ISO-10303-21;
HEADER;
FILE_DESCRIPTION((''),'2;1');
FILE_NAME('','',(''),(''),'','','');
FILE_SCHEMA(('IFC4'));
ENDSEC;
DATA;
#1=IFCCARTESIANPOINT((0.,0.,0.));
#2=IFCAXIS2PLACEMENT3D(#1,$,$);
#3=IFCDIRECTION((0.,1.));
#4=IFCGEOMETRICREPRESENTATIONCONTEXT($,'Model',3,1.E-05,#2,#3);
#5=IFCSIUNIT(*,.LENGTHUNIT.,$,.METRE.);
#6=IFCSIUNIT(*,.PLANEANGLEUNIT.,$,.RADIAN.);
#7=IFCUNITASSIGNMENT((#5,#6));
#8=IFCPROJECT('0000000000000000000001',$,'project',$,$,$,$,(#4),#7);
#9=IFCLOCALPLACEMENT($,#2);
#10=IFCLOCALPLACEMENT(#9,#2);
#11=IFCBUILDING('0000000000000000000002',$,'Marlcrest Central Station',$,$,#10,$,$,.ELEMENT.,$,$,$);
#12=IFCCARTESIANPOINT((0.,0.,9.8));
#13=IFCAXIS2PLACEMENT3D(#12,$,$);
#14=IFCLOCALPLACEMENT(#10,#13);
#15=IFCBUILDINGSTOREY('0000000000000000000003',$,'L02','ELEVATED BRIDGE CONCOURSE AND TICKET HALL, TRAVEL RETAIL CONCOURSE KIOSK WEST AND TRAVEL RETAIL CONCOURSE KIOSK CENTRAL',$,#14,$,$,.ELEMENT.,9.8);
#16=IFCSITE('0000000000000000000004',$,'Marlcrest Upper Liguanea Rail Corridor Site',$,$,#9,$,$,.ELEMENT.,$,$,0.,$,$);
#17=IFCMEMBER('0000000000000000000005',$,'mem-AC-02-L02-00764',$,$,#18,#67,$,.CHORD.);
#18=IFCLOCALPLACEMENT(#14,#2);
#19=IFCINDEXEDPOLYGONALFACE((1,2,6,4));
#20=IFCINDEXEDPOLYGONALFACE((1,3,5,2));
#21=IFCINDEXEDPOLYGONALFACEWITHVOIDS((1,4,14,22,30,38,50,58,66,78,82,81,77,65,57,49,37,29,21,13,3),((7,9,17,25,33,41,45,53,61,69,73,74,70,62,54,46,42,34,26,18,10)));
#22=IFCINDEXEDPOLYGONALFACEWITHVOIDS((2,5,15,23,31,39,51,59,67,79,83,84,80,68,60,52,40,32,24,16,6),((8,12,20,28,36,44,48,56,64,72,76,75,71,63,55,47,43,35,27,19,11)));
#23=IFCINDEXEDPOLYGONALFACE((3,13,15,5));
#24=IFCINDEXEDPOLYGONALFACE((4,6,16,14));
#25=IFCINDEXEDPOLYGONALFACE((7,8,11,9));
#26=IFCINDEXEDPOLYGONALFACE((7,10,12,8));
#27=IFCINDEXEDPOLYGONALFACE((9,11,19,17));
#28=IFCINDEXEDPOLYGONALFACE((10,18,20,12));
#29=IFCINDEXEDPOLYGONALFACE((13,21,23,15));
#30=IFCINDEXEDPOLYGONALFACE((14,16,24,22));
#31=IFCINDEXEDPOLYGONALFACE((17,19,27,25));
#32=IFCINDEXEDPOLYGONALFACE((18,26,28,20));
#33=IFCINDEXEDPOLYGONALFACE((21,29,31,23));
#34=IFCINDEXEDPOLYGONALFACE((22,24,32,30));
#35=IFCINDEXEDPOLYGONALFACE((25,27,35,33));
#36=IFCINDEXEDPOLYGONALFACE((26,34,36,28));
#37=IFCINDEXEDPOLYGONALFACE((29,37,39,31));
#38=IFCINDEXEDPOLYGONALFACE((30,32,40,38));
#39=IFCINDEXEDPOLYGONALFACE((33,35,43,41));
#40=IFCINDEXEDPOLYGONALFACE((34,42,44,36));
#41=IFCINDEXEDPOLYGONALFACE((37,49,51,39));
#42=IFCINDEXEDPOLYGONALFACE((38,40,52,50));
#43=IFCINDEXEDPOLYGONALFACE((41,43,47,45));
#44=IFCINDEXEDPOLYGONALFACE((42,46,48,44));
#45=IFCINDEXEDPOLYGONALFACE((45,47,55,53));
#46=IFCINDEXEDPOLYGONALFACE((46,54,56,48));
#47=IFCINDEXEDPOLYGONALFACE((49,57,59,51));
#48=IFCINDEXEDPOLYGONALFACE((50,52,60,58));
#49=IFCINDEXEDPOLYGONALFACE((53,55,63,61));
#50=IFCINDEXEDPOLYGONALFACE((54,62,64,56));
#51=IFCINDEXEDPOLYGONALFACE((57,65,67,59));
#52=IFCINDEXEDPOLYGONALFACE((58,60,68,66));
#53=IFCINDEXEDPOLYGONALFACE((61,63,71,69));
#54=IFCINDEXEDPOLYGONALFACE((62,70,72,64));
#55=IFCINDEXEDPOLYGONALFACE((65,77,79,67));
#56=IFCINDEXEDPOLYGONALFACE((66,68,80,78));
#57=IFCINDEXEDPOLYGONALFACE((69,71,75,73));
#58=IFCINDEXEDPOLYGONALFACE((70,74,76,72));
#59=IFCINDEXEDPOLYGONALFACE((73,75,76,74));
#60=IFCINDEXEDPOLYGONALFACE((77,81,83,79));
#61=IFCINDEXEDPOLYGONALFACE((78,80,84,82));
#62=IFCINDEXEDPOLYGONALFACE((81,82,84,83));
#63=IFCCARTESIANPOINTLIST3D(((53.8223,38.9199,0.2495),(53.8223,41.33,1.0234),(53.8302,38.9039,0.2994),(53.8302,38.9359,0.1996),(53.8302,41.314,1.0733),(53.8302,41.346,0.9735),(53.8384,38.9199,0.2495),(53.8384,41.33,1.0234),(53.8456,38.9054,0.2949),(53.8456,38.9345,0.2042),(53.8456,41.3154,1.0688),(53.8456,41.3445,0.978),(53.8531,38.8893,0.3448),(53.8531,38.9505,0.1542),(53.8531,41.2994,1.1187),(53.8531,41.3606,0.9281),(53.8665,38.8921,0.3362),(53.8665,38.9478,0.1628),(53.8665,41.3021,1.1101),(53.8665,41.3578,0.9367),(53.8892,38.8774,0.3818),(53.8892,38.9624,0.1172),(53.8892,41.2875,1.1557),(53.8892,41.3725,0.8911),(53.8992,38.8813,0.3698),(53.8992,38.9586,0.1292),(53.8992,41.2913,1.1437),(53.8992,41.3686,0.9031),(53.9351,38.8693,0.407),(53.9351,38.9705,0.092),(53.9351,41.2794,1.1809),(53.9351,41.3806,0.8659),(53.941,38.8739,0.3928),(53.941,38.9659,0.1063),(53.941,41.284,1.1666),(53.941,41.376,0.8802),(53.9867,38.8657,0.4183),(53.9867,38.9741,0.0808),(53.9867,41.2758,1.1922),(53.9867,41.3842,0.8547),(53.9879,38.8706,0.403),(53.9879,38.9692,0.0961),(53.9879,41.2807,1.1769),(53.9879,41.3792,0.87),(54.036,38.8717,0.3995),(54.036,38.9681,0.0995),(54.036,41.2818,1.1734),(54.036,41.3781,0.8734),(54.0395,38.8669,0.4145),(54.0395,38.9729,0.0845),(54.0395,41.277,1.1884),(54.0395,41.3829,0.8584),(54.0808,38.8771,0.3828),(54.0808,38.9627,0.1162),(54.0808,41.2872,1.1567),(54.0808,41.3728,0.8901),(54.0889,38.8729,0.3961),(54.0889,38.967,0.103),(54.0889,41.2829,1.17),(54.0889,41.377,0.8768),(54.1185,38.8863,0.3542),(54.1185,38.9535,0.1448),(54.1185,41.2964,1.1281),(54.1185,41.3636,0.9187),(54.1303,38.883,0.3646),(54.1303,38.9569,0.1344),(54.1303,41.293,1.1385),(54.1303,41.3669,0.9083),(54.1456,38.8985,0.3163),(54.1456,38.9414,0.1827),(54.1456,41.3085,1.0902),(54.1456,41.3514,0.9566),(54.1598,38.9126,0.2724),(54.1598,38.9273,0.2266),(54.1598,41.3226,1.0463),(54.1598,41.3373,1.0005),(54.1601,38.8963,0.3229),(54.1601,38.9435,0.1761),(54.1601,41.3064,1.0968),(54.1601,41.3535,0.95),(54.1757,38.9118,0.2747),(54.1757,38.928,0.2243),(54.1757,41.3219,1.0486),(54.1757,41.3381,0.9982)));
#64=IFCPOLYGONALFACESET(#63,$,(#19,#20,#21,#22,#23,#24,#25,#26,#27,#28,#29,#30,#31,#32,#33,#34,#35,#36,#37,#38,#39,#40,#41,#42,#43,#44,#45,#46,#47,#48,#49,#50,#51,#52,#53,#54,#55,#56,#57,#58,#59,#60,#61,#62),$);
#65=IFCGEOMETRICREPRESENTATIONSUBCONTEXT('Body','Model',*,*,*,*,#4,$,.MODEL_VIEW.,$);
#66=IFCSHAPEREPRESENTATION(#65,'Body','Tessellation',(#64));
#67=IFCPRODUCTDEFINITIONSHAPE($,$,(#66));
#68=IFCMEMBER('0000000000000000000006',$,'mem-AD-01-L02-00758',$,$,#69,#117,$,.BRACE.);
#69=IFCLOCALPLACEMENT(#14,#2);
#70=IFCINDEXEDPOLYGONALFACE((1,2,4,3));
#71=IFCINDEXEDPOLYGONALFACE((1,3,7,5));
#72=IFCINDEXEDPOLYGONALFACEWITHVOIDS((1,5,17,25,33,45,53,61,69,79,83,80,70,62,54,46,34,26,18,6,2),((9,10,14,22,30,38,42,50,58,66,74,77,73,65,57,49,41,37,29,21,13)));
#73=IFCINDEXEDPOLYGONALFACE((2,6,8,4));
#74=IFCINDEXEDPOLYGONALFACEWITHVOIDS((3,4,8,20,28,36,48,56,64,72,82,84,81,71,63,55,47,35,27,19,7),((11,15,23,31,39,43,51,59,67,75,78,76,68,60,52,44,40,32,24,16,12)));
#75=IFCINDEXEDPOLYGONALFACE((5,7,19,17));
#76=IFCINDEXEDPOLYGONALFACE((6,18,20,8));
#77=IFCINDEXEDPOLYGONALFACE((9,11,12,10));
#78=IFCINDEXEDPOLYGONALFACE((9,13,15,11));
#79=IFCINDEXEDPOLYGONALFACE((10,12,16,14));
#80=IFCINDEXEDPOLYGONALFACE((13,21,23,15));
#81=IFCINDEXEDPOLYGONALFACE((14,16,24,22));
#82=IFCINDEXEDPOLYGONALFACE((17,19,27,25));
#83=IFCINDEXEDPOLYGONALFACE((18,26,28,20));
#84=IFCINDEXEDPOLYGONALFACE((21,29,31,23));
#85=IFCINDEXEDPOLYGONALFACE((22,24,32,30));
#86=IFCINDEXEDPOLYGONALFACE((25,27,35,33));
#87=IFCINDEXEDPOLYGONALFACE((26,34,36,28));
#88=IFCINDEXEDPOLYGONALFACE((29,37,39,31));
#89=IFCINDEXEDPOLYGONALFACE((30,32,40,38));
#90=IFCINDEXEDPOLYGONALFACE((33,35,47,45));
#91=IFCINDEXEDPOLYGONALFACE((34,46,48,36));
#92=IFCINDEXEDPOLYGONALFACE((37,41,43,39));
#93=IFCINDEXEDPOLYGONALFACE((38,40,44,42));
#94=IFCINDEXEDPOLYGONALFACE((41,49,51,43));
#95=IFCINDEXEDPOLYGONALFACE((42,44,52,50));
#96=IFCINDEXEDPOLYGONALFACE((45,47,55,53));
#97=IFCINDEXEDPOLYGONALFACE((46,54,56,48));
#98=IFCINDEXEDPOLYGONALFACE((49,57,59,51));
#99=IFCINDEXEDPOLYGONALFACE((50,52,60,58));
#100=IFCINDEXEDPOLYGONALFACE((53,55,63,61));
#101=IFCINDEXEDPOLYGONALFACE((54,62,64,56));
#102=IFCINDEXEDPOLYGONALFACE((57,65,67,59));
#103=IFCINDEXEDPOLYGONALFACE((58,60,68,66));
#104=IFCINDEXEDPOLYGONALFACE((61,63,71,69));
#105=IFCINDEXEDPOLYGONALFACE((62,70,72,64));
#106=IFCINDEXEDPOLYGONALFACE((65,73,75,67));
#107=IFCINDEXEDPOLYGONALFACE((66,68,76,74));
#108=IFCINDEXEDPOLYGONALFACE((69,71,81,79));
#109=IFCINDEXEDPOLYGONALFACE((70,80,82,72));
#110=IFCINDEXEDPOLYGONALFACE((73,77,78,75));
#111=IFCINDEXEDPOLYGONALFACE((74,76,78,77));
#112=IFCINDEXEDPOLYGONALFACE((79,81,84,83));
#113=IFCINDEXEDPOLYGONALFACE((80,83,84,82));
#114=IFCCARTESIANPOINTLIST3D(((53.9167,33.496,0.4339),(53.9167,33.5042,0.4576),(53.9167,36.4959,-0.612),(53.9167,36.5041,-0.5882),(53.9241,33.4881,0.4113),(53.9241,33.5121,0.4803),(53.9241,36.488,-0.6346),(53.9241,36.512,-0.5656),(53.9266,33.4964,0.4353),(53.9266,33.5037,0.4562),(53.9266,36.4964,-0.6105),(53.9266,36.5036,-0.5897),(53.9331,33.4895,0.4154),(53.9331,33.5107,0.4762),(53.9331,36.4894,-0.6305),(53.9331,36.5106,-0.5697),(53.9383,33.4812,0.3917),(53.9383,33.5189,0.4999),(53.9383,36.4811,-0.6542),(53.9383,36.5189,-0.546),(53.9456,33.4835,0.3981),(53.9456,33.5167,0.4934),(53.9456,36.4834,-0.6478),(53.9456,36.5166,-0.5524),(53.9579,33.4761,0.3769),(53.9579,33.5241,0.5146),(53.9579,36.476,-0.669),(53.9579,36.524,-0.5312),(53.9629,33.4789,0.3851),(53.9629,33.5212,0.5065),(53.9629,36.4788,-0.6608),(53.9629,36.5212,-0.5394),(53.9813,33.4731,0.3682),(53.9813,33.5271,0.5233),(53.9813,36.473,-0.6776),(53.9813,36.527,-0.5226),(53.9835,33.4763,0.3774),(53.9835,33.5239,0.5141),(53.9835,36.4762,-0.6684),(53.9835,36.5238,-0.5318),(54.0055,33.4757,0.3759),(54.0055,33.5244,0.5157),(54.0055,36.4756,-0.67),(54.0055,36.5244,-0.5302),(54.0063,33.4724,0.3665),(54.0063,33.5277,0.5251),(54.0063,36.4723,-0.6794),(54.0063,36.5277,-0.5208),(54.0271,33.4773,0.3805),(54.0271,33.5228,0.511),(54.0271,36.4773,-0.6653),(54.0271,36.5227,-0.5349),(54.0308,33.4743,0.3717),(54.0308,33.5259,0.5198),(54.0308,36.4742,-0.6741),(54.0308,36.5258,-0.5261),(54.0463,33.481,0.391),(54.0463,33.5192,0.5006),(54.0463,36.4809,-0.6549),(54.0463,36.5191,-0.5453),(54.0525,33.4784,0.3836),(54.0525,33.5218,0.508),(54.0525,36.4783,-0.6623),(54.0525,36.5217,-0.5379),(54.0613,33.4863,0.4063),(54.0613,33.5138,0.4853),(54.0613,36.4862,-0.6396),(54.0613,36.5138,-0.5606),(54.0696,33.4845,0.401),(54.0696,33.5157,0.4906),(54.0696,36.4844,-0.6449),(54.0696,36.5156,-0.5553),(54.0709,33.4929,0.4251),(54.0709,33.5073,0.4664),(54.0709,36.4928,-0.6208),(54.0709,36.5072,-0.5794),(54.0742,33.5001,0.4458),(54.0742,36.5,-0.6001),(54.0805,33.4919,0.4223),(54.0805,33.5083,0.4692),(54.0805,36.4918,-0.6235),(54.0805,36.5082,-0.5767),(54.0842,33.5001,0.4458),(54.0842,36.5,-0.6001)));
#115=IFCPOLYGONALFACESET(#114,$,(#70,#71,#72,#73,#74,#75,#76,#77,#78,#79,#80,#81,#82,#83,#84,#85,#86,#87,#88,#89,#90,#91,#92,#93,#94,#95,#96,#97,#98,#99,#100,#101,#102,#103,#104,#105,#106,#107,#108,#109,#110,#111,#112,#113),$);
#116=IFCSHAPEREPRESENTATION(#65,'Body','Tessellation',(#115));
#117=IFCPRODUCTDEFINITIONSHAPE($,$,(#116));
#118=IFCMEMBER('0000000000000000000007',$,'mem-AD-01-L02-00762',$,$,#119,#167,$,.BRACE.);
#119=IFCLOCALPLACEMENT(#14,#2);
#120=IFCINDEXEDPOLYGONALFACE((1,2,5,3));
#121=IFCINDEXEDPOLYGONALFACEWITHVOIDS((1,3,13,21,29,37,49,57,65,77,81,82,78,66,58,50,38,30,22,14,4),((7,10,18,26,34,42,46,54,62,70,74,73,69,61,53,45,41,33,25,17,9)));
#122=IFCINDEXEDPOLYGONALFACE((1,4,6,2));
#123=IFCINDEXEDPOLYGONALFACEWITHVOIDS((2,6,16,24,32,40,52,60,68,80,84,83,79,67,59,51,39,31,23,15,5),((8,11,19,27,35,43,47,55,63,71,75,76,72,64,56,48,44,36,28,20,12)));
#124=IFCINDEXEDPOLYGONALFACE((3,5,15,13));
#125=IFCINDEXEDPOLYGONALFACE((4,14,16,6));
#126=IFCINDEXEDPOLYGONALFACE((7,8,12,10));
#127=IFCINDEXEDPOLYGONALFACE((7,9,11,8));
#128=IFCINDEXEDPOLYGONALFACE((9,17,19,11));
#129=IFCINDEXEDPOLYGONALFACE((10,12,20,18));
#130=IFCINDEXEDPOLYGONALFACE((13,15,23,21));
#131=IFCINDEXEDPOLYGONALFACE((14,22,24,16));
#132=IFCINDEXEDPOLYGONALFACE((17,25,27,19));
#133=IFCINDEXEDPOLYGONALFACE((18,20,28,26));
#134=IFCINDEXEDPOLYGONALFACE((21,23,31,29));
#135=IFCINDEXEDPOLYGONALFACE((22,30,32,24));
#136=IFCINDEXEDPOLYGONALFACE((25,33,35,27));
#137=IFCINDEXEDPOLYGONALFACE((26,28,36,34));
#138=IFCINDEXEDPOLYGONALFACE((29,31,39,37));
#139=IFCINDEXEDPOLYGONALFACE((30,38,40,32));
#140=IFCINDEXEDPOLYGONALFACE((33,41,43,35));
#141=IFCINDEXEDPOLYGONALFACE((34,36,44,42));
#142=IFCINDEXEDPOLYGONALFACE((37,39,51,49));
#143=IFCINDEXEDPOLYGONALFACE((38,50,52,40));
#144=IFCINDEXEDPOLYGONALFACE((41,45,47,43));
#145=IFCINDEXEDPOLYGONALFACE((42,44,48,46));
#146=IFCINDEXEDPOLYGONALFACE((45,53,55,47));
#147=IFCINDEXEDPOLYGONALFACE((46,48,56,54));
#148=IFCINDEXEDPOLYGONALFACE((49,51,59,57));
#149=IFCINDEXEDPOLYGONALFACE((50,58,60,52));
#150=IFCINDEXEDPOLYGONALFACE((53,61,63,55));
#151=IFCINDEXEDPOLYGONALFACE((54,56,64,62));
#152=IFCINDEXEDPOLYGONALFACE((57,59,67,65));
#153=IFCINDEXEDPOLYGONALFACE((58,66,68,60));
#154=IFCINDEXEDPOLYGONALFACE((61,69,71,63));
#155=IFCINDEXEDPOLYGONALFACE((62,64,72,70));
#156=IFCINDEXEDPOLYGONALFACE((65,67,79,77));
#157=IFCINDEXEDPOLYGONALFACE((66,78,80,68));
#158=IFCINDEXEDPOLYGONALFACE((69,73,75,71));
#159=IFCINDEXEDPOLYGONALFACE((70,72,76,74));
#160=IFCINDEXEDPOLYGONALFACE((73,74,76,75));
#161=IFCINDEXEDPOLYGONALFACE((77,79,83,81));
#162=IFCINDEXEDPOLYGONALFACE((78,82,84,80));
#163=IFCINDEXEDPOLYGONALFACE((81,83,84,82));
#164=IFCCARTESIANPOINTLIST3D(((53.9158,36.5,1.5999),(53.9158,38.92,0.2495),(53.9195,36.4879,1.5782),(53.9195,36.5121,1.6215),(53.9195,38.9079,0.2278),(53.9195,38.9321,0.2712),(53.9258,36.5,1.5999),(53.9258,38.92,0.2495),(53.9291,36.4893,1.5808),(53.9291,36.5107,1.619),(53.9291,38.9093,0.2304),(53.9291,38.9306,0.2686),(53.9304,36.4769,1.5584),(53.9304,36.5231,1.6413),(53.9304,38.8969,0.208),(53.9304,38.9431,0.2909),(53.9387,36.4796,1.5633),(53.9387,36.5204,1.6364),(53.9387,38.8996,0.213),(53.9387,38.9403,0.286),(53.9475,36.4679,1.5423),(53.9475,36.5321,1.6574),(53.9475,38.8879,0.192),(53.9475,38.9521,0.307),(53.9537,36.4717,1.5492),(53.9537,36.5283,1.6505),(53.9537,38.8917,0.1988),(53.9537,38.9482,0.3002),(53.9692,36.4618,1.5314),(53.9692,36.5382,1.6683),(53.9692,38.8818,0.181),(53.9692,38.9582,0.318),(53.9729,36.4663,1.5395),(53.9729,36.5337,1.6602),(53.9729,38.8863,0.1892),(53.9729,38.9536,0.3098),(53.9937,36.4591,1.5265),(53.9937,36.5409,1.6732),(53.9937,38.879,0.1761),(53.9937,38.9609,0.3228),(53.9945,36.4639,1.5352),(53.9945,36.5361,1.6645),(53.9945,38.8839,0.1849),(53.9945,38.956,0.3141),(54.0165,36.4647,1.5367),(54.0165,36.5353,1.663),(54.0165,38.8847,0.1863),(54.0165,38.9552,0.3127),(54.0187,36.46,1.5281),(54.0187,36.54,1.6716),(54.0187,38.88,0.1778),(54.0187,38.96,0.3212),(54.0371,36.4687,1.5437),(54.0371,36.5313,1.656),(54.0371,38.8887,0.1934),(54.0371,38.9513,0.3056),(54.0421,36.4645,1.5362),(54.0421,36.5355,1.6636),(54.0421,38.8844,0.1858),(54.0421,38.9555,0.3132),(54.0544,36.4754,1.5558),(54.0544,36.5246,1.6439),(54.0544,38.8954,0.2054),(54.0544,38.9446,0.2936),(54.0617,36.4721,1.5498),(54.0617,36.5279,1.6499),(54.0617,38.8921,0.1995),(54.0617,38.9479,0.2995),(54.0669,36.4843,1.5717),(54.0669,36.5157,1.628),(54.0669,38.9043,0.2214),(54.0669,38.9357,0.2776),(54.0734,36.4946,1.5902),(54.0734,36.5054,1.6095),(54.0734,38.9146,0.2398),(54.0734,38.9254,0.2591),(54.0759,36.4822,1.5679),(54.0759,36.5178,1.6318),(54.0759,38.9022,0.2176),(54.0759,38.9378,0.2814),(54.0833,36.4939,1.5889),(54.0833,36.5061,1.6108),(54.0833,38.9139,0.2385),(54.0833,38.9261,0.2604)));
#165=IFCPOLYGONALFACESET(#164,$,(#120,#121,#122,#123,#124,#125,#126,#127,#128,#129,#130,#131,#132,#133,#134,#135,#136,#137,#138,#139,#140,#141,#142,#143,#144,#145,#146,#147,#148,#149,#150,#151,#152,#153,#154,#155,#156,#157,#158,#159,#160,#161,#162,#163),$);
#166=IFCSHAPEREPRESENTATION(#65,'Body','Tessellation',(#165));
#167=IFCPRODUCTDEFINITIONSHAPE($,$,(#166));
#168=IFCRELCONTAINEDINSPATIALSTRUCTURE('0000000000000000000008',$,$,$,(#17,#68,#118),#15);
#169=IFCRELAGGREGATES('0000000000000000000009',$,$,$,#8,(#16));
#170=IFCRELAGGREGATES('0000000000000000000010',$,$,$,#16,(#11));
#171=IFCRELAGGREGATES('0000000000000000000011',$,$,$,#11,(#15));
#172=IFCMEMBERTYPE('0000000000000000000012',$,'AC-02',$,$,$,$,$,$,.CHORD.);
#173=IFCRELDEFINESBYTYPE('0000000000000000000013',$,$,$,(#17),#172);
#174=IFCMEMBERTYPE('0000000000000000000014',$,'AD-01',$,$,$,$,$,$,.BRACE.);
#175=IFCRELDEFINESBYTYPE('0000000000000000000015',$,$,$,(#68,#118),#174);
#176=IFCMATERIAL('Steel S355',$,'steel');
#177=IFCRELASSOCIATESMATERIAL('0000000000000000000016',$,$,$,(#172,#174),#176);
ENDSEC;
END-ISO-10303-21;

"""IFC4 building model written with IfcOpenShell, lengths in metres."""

from ifc_helpers import new_model, si_unit, direction, frame, origin, origin_2d, place, context, subcontext, project, spatial, hollow_circle, extrude, material, material_profile, profile_set, type_object, element, save


model = new_model("IFC4")

# Units and contexts
model_context = context("Model", 3, precision=1e-05, world=origin(), true_north=direction((0.0, 1.0)))
body_context = subcontext(model_context, "Body", "Model", "MODEL_VIEW")
ifc_project = project(units=[si_unit("LENGTHUNIT", "METRE"), si_unit("PLANEANGLEUNIT", "RADIAN")], contexts=[model_context])

# Site, building, storey
site_placement = place(None, origin())
site = spatial("IfcSite", under=ifc_project, at=site_placement, Name="Marlcrest Upper Liguanea Rail Corridor Site", CompositionType="ELEMENT", RefElevation=0.0)
building_placement = place(site_placement, origin())
building = spatial("IfcBuilding", under=site, at=building_placement, Name="Marlcrest Central Station", CompositionType="ELEMENT")
storey_placement = place(building_placement, frame((0.0, 0.0, 9.8)))
storey = spatial("IfcBuildingStorey", under=building, at=storey_placement, Name="L02", Description="ELEVATED BRIDGE CONCOURSE AND TICKET HALL, TRAVEL RETAIL CONCOURSE KIOSK WEST AND TRAVEL RETAIL CONCOURSE KIOSK CENTRAL", CompositionType="ELEMENT", Elevation=9.8)

# Members
ifc_material_1 = material(Name="Steel S355", Category="steel")
ifc_material_profile_1 = material_profile(ifc_material_1, hollow_circle(Radius=0.1777, WallThickness=0.0161, at=origin_2d()), Name="CHS 355.6x16")
ifc_profile_set_1 = profile_set([ifc_material_profile_1], Name="Steel S355")
member_type_1 = type_object("IfcMemberType", Name="AC-02", PredefinedType="CHORD", material=ifc_profile_set_1)
member_1_placement = place(storey_placement, frame((54.0, 38.9199, 0.2495), z_axis=(0.0, 0.952117, 0.305734), x_axis=(-1.0, 0.0, 0.0)))
element("IfcMember", 1, at=member_1_placement, inside=storey, type_object=member_type_1, Name="mem-AC-02-L02-00764", PredefinedType="CHORD", context=body_context, shape_type="SweptSolid", body=[
    extrude(hollow_circle(Radius=0.1777, WallThickness=0.0161, at=origin_2d()), origin(), (0.0, 0.0, 1.0), 2.5312),
])
ifc_material_profile_2 = material_profile(ifc_material_1, hollow_circle(Radius=0.0842, WallThickness=0.01, at=origin_2d()), Name="CHS 168.3x10")
ifc_profile_set_2 = profile_set([ifc_material_profile_2], Name="Steel S355")
member_type_2 = type_object("IfcMemberType", Name="AD-01", PredefinedType="BRACE", material=ifc_profile_set_2)
member_2_placement = place(storey_placement, frame((54.0, 36.5, -0.6001), z_axis=(0.0, -0.94426, 0.3292), x_axis=(1.0, 0.0, 0.0)))
element("IfcMember", 2, at=member_2_placement, inside=storey, type_object=member_type_2, Name="mem-AD-01-L02-00758", PredefinedType="BRACE", context=body_context, shape_type="SweptSolid", body=[
    extrude(hollow_circle(Radius=0.0842, WallThickness=0.01, at=origin_2d()), origin(), (0.0, 0.0, 1.0), 3.177),
])
member_3_placement = place(storey_placement, frame((54.0, 36.5, 1.5999), z_axis=(0.0, 0.873246, -0.48728), x_axis=(-1.0, 0.0, 0.0)))
element("IfcMember", 3, at=member_3_placement, inside=storey, type_object=member_type_2, Name="mem-AD-01-L02-00762", PredefinedType="BRACE", context=body_context, shape_type="SweptSolid", body=[
    extrude(hollow_circle(Radius=0.0842, WallThickness=0.01, at=origin_2d()), origin(), (0.0, 0.0, 1.0), 2.7712),
])

save(model, "model.ifc")
